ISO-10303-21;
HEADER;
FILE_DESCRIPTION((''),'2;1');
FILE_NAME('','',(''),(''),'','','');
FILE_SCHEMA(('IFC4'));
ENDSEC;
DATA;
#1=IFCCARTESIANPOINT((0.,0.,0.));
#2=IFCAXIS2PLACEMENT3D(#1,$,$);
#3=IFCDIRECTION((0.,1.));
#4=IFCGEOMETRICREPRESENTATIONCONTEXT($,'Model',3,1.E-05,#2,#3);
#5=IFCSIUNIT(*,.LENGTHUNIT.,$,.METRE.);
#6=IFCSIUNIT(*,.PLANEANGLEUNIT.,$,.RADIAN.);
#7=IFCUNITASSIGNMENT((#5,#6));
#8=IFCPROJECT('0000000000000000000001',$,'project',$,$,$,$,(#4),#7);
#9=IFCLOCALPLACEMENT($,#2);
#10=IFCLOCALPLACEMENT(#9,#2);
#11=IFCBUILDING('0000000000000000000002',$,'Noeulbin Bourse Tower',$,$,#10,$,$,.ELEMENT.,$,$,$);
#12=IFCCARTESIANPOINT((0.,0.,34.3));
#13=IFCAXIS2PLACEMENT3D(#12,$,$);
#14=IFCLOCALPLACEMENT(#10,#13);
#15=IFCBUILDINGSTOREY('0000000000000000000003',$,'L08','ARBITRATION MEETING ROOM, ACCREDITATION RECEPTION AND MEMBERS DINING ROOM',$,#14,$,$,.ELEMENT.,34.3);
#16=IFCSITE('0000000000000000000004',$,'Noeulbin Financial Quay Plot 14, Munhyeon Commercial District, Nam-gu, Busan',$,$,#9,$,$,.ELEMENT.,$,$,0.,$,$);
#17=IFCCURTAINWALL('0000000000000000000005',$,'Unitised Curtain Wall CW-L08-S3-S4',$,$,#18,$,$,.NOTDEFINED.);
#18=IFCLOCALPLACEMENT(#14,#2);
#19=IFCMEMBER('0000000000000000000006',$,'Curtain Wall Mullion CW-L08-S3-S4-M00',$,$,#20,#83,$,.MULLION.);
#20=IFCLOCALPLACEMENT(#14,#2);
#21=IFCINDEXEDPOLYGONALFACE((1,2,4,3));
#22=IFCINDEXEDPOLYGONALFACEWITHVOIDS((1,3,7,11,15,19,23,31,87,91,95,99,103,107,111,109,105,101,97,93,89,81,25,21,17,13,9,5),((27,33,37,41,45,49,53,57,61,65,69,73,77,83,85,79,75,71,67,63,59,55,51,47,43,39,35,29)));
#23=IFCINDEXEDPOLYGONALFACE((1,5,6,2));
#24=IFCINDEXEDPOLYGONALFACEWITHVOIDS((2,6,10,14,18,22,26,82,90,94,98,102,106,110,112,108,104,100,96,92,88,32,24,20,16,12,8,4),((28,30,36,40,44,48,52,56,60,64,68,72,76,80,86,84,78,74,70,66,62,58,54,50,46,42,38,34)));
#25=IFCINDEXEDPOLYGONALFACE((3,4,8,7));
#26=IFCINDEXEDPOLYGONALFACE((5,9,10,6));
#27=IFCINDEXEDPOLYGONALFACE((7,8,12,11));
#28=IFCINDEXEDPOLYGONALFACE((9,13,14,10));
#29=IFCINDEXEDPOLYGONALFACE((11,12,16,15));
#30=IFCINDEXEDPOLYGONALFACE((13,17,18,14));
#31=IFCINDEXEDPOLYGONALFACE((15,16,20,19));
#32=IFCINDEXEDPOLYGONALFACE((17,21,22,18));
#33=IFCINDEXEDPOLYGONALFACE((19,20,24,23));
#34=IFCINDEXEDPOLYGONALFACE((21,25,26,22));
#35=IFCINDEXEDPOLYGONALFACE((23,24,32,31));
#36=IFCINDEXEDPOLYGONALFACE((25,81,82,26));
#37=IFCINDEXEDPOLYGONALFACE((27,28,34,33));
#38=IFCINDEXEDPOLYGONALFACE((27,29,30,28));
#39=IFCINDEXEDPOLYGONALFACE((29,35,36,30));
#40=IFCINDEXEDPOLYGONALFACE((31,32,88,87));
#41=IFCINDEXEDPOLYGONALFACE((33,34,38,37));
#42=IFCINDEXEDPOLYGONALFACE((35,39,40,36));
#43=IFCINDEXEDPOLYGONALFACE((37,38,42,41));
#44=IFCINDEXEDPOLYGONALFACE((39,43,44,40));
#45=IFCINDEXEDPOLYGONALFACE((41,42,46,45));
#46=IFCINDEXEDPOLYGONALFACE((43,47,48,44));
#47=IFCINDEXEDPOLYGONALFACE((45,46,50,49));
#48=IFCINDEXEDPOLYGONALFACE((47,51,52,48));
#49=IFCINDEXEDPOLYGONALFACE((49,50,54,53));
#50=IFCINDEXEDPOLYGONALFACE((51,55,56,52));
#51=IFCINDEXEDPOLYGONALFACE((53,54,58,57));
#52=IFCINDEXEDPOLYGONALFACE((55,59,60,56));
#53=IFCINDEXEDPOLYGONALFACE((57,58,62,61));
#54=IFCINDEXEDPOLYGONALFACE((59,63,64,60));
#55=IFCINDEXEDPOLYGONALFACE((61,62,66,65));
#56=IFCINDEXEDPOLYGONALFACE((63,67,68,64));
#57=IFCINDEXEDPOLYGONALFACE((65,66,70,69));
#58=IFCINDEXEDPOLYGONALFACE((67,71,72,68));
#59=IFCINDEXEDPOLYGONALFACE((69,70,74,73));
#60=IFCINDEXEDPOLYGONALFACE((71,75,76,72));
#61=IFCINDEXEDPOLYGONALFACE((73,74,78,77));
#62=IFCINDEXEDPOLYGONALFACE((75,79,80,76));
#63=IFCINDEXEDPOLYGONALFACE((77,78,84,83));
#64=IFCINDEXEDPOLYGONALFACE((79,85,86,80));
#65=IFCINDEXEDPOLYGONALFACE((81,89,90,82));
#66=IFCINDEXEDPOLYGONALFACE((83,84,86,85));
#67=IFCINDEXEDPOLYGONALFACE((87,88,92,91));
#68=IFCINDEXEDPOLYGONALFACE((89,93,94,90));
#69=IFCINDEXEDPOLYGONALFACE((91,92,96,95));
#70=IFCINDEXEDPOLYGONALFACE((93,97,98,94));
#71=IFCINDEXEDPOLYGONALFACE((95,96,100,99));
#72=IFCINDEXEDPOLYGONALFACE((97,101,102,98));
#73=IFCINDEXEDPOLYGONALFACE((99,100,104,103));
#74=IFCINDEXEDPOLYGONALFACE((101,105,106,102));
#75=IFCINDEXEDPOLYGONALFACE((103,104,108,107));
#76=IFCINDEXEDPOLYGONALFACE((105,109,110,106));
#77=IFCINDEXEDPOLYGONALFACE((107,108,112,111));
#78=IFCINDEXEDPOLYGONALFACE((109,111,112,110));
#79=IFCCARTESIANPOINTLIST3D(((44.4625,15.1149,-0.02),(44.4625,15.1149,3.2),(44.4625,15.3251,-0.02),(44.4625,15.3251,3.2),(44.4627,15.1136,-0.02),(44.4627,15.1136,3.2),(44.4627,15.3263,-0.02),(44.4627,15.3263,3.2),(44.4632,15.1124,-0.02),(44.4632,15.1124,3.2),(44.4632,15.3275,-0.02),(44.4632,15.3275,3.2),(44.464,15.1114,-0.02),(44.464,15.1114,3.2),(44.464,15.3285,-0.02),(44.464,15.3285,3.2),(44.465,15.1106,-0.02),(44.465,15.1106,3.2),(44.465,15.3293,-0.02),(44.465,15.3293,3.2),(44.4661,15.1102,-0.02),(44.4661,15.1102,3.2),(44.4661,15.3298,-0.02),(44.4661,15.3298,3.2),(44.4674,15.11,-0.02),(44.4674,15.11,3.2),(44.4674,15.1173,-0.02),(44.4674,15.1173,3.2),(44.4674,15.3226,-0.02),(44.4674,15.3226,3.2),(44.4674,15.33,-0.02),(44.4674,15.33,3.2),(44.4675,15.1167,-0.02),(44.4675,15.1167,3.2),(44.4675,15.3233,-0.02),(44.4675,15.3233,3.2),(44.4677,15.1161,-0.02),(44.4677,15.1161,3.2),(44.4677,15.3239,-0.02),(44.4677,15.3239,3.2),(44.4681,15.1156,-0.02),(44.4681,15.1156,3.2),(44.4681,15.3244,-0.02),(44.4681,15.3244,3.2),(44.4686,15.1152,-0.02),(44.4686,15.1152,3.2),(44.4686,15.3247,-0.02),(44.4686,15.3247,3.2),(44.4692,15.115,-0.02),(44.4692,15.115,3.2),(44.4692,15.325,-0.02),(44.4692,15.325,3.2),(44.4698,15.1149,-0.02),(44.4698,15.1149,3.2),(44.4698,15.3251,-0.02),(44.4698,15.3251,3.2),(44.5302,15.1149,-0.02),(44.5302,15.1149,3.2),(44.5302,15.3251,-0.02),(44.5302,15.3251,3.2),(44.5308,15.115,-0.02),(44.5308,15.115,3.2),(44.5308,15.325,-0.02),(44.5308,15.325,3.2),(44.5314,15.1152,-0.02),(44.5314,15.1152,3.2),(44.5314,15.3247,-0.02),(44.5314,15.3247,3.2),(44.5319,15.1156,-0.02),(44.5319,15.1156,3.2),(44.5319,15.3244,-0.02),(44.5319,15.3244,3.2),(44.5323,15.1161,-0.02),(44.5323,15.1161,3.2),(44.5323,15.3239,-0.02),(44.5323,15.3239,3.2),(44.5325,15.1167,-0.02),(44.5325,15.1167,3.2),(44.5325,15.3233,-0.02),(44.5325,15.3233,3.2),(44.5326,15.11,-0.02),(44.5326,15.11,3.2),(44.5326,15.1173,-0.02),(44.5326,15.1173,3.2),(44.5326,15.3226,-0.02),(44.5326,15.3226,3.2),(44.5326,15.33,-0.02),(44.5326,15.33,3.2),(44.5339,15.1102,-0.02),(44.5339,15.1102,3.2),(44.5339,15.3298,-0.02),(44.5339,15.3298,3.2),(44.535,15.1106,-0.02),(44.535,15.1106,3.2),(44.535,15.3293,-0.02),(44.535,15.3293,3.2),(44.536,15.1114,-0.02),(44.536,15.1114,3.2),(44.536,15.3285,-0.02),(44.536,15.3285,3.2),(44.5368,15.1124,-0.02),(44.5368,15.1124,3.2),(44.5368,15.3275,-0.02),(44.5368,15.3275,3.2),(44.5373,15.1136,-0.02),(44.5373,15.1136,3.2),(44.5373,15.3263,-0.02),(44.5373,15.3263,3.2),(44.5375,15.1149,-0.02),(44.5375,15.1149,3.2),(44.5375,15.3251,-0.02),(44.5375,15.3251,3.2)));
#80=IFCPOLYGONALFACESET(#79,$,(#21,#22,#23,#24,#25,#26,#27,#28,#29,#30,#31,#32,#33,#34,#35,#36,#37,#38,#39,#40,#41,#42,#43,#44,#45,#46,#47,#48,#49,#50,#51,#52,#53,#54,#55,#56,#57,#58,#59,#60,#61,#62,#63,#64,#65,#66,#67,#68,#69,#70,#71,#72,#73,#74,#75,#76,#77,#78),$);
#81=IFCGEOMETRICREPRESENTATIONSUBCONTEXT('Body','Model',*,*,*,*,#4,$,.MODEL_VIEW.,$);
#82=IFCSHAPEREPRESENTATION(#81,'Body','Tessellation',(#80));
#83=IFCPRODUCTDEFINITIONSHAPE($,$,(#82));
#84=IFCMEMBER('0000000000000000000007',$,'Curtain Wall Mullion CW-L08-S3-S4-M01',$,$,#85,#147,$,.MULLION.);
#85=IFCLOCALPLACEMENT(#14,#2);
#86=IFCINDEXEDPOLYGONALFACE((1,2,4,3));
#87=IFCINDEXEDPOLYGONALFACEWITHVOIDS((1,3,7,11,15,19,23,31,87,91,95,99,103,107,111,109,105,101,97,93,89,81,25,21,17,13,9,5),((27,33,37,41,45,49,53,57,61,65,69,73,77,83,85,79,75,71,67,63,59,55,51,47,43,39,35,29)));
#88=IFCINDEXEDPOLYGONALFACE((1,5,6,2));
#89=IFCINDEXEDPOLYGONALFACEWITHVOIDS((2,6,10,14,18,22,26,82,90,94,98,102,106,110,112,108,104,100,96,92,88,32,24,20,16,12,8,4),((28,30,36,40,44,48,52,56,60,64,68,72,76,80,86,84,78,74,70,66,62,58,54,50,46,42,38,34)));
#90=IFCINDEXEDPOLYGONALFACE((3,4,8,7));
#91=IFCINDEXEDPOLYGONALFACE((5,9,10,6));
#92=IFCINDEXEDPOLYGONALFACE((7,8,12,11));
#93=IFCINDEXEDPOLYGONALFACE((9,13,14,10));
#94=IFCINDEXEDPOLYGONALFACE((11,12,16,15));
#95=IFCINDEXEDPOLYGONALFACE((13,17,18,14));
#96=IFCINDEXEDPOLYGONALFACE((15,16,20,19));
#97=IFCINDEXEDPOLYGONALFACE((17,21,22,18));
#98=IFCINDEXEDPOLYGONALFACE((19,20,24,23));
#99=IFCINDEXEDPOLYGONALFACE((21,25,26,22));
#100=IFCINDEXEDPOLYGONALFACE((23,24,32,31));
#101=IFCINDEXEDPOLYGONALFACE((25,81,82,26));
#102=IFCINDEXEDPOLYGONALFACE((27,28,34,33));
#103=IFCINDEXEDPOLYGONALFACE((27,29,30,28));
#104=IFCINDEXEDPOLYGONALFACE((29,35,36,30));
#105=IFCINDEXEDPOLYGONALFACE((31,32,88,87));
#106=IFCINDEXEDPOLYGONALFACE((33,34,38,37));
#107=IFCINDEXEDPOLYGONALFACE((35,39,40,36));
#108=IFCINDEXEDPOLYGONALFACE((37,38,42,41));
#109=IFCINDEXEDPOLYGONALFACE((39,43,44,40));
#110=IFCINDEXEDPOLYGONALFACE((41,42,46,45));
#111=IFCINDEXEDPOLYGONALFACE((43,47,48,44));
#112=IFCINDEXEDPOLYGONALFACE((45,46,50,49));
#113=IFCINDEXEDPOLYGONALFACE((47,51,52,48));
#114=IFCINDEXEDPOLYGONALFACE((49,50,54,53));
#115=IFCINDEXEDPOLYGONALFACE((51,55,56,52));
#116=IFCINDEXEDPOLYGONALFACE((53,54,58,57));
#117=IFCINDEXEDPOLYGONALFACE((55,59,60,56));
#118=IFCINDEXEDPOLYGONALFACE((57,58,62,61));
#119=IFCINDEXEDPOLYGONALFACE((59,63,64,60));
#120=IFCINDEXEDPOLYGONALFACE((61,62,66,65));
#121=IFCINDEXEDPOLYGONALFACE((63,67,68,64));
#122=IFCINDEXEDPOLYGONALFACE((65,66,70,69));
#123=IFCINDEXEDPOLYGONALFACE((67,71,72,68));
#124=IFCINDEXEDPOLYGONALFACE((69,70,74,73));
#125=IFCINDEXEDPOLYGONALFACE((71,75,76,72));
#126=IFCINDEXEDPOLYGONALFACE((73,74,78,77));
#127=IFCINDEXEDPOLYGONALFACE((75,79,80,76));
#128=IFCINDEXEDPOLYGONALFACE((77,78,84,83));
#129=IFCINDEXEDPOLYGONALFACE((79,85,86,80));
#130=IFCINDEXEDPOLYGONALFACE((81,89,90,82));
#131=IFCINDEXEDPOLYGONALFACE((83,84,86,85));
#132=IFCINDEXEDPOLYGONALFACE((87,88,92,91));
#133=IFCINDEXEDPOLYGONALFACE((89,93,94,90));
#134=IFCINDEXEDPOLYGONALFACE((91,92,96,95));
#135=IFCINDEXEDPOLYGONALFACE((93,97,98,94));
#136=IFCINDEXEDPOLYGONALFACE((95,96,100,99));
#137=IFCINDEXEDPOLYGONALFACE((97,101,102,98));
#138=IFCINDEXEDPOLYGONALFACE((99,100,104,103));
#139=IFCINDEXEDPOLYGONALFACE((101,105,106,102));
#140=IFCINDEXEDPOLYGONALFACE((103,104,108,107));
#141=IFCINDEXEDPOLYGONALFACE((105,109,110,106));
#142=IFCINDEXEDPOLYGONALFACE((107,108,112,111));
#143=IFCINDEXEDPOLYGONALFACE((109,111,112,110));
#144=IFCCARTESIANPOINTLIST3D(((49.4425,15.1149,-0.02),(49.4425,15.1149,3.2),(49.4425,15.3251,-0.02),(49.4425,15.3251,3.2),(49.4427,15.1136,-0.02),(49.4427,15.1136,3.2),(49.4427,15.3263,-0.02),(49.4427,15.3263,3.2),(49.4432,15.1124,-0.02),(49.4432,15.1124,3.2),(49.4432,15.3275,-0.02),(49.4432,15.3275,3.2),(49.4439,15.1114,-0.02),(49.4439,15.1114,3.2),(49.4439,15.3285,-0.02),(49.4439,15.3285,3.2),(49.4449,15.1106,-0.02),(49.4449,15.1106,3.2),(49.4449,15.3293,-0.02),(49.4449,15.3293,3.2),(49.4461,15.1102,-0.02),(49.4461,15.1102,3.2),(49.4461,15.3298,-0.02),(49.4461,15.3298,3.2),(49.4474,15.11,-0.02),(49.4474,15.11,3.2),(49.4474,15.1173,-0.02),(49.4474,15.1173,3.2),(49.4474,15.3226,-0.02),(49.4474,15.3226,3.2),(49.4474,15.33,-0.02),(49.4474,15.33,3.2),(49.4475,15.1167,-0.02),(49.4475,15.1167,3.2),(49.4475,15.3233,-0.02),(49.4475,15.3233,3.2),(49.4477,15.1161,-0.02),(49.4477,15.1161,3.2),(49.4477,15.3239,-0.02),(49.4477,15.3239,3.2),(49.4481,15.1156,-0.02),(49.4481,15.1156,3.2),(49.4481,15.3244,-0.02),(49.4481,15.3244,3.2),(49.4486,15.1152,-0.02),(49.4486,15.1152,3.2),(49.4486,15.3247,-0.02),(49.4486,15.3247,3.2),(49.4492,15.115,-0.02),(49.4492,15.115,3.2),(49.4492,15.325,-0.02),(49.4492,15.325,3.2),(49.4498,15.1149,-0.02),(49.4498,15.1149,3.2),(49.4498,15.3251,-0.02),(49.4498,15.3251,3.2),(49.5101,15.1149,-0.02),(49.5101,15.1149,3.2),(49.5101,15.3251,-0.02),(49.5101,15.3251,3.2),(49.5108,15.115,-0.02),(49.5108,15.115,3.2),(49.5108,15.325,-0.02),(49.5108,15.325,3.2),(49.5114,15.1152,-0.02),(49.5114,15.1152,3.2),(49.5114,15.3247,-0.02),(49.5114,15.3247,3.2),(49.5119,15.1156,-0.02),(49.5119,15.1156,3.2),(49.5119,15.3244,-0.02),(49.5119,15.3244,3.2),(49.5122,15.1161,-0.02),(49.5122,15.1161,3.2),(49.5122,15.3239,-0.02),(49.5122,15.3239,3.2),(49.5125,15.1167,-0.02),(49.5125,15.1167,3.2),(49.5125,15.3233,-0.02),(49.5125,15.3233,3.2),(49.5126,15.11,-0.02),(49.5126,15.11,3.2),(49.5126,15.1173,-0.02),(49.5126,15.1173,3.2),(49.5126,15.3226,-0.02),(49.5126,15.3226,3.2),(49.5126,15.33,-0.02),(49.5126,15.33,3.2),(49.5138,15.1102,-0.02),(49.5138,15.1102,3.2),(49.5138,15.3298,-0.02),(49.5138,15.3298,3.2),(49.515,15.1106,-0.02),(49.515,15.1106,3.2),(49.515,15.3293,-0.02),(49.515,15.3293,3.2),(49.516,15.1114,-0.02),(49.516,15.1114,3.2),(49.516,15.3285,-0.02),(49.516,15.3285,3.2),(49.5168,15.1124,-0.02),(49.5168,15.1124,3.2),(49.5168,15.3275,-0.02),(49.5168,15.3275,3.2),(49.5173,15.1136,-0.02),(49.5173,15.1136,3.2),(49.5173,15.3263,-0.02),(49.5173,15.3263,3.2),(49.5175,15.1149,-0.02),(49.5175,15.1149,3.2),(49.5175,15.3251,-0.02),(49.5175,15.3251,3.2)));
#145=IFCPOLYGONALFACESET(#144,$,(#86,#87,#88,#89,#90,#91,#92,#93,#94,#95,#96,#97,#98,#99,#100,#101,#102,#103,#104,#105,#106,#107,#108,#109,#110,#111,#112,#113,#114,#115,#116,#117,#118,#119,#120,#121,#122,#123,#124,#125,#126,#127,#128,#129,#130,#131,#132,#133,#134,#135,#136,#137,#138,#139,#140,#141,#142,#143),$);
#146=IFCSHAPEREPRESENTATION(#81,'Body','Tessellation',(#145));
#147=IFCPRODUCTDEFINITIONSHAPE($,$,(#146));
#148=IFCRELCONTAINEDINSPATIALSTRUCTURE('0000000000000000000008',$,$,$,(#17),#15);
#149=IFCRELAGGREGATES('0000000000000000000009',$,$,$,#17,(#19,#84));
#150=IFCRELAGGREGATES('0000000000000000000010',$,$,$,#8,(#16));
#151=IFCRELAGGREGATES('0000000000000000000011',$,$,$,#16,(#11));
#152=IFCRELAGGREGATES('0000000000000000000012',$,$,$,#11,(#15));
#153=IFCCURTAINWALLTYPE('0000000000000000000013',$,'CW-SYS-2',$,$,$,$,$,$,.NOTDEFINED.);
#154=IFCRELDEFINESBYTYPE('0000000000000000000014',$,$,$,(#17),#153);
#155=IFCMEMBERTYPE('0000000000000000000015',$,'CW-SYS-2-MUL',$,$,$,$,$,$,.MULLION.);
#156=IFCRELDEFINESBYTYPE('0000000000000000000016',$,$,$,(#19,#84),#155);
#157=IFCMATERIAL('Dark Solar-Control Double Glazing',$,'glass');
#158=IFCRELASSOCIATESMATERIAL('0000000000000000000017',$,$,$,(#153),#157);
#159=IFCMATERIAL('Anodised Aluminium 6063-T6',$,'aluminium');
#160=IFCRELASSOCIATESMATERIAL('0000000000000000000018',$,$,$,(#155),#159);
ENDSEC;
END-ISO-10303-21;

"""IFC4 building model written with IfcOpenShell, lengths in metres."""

from ifc_helpers import new_model, si_unit, direction, frame, origin, origin_2d, place, context, subcontext, project, spatial, hollow_rectangle, extrude, material, material_profile, profile_set, type_object, element, aggregate, save


model = new_model("IFC4")

# Units and contexts
model_context = context("Model", 3, precision=1e-05, world=origin(), true_north=direction((0.0, 1.0)))
body_context = subcontext(model_context, "Body", "Model", "MODEL_VIEW")
ifc_project = project(units=[si_unit("LENGTHUNIT", "METRE"), si_unit("PLANEANGLEUNIT", "RADIAN")], contexts=[model_context])

# Site, building, storey
site_placement = place(None, origin())
site = spatial("IfcSite", under=ifc_project, at=site_placement, Name="Noeulbin Financial Quay Plot 14, Munhyeon Commercial District, Nam-gu, Busan", CompositionType="ELEMENT", RefElevation=0.0)
building_placement = place(site_placement, origin())
building = spatial("IfcBuilding", under=site, at=building_placement, Name="Noeulbin Bourse Tower", CompositionType="ELEMENT")
storey_placement = place(building_placement, frame((0.0, 0.0, 34.3)))
storey = spatial("IfcBuildingStorey", under=building, at=storey_placement, Name="L08", Description="ARBITRATION MEETING ROOM, ACCREDITATION RECEPTION AND MEMBERS DINING ROOM", CompositionType="ELEMENT", Elevation=34.3)

# Curtain wall, members
ifc_material_1 = material(Name="Dark Solar-Control Double Glazing", Category="glass")
curtain_wall_type = type_object("IfcCurtainWallType", Name="CW-SYS-2", PredefinedType="NOTDEFINED", material=ifc_material_1)
curtain_wall_1_placement = place(storey_placement, origin())
curtain_wall_1 = element("IfcCurtainWall", 1, at=curtain_wall_1_placement, inside=storey, type_object=curtain_wall_type, Name="Unitised Curtain Wall CW-L08-S3-S4", PredefinedType="NOTDEFINED")
ifc_material_2 = material(Name="Anodised Aluminium 6063-T6", Category="aluminium")
ifc_material_profile_1 = material_profile(ifc_material_2, hollow_rectangle(XDim=0.075, YDim=0.22, WallThickness=0.0049, InnerFilletRadius=0.0024, OuterFilletRadius=0.0049, at=origin_2d()), Name="ALU-MULL-75x220x5", Category="LoadBearing")
ifc_profile_set_1 = profile_set([ifc_material_profile_1], Name="Anodised Aluminium 6063-T6")
member_type_1 = type_object("IfcMemberType", Name="CW-SYS-2-MUL", PredefinedType="MULLION", material=ifc_profile_set_1)
member_1_placement = place(storey_placement, frame((44.5, 15.22, -0.02), z_axis=(0.0, 0.0, 1.0), x_axis=(1.0, 0.0, 0.0)))
member_1 = element("IfcMember", 2, at=member_1_placement, type_object=member_type_1, Name="Curtain Wall Mullion CW-L08-S3-S4-M00", PredefinedType="MULLION", context=body_context, shape_type="SweptSolid", body=[
    extrude(hollow_rectangle(XDim=0.075, YDim=0.22, WallThickness=0.0049, InnerFilletRadius=0.0024, OuterFilletRadius=0.0049, at=origin_2d()), origin(), (0.0, 0.0, 1.0), 3.22),
])
member_2_placement = place(storey_placement, frame((49.48, 15.22, -0.02), z_axis=(0.0, 0.0, 1.0), x_axis=(1.0, 0.0, 0.0)))
member_2 = element("IfcMember", 3, at=member_2_placement, type_object=member_type_1, Name="Curtain Wall Mullion CW-L08-S3-S4-M01", PredefinedType="MULLION", context=body_context, shape_type="SweptSolid", body=[
    extrude(hollow_rectangle(XDim=0.075, YDim=0.22, WallThickness=0.0049, InnerFilletRadius=0.0024, OuterFilletRadius=0.0049, at=origin_2d()), origin(), (0.0, 0.0, 1.0), 3.22),
])

aggregate(curtain_wall_1, [member_1, member_2])

save(model, "model.ifc")
